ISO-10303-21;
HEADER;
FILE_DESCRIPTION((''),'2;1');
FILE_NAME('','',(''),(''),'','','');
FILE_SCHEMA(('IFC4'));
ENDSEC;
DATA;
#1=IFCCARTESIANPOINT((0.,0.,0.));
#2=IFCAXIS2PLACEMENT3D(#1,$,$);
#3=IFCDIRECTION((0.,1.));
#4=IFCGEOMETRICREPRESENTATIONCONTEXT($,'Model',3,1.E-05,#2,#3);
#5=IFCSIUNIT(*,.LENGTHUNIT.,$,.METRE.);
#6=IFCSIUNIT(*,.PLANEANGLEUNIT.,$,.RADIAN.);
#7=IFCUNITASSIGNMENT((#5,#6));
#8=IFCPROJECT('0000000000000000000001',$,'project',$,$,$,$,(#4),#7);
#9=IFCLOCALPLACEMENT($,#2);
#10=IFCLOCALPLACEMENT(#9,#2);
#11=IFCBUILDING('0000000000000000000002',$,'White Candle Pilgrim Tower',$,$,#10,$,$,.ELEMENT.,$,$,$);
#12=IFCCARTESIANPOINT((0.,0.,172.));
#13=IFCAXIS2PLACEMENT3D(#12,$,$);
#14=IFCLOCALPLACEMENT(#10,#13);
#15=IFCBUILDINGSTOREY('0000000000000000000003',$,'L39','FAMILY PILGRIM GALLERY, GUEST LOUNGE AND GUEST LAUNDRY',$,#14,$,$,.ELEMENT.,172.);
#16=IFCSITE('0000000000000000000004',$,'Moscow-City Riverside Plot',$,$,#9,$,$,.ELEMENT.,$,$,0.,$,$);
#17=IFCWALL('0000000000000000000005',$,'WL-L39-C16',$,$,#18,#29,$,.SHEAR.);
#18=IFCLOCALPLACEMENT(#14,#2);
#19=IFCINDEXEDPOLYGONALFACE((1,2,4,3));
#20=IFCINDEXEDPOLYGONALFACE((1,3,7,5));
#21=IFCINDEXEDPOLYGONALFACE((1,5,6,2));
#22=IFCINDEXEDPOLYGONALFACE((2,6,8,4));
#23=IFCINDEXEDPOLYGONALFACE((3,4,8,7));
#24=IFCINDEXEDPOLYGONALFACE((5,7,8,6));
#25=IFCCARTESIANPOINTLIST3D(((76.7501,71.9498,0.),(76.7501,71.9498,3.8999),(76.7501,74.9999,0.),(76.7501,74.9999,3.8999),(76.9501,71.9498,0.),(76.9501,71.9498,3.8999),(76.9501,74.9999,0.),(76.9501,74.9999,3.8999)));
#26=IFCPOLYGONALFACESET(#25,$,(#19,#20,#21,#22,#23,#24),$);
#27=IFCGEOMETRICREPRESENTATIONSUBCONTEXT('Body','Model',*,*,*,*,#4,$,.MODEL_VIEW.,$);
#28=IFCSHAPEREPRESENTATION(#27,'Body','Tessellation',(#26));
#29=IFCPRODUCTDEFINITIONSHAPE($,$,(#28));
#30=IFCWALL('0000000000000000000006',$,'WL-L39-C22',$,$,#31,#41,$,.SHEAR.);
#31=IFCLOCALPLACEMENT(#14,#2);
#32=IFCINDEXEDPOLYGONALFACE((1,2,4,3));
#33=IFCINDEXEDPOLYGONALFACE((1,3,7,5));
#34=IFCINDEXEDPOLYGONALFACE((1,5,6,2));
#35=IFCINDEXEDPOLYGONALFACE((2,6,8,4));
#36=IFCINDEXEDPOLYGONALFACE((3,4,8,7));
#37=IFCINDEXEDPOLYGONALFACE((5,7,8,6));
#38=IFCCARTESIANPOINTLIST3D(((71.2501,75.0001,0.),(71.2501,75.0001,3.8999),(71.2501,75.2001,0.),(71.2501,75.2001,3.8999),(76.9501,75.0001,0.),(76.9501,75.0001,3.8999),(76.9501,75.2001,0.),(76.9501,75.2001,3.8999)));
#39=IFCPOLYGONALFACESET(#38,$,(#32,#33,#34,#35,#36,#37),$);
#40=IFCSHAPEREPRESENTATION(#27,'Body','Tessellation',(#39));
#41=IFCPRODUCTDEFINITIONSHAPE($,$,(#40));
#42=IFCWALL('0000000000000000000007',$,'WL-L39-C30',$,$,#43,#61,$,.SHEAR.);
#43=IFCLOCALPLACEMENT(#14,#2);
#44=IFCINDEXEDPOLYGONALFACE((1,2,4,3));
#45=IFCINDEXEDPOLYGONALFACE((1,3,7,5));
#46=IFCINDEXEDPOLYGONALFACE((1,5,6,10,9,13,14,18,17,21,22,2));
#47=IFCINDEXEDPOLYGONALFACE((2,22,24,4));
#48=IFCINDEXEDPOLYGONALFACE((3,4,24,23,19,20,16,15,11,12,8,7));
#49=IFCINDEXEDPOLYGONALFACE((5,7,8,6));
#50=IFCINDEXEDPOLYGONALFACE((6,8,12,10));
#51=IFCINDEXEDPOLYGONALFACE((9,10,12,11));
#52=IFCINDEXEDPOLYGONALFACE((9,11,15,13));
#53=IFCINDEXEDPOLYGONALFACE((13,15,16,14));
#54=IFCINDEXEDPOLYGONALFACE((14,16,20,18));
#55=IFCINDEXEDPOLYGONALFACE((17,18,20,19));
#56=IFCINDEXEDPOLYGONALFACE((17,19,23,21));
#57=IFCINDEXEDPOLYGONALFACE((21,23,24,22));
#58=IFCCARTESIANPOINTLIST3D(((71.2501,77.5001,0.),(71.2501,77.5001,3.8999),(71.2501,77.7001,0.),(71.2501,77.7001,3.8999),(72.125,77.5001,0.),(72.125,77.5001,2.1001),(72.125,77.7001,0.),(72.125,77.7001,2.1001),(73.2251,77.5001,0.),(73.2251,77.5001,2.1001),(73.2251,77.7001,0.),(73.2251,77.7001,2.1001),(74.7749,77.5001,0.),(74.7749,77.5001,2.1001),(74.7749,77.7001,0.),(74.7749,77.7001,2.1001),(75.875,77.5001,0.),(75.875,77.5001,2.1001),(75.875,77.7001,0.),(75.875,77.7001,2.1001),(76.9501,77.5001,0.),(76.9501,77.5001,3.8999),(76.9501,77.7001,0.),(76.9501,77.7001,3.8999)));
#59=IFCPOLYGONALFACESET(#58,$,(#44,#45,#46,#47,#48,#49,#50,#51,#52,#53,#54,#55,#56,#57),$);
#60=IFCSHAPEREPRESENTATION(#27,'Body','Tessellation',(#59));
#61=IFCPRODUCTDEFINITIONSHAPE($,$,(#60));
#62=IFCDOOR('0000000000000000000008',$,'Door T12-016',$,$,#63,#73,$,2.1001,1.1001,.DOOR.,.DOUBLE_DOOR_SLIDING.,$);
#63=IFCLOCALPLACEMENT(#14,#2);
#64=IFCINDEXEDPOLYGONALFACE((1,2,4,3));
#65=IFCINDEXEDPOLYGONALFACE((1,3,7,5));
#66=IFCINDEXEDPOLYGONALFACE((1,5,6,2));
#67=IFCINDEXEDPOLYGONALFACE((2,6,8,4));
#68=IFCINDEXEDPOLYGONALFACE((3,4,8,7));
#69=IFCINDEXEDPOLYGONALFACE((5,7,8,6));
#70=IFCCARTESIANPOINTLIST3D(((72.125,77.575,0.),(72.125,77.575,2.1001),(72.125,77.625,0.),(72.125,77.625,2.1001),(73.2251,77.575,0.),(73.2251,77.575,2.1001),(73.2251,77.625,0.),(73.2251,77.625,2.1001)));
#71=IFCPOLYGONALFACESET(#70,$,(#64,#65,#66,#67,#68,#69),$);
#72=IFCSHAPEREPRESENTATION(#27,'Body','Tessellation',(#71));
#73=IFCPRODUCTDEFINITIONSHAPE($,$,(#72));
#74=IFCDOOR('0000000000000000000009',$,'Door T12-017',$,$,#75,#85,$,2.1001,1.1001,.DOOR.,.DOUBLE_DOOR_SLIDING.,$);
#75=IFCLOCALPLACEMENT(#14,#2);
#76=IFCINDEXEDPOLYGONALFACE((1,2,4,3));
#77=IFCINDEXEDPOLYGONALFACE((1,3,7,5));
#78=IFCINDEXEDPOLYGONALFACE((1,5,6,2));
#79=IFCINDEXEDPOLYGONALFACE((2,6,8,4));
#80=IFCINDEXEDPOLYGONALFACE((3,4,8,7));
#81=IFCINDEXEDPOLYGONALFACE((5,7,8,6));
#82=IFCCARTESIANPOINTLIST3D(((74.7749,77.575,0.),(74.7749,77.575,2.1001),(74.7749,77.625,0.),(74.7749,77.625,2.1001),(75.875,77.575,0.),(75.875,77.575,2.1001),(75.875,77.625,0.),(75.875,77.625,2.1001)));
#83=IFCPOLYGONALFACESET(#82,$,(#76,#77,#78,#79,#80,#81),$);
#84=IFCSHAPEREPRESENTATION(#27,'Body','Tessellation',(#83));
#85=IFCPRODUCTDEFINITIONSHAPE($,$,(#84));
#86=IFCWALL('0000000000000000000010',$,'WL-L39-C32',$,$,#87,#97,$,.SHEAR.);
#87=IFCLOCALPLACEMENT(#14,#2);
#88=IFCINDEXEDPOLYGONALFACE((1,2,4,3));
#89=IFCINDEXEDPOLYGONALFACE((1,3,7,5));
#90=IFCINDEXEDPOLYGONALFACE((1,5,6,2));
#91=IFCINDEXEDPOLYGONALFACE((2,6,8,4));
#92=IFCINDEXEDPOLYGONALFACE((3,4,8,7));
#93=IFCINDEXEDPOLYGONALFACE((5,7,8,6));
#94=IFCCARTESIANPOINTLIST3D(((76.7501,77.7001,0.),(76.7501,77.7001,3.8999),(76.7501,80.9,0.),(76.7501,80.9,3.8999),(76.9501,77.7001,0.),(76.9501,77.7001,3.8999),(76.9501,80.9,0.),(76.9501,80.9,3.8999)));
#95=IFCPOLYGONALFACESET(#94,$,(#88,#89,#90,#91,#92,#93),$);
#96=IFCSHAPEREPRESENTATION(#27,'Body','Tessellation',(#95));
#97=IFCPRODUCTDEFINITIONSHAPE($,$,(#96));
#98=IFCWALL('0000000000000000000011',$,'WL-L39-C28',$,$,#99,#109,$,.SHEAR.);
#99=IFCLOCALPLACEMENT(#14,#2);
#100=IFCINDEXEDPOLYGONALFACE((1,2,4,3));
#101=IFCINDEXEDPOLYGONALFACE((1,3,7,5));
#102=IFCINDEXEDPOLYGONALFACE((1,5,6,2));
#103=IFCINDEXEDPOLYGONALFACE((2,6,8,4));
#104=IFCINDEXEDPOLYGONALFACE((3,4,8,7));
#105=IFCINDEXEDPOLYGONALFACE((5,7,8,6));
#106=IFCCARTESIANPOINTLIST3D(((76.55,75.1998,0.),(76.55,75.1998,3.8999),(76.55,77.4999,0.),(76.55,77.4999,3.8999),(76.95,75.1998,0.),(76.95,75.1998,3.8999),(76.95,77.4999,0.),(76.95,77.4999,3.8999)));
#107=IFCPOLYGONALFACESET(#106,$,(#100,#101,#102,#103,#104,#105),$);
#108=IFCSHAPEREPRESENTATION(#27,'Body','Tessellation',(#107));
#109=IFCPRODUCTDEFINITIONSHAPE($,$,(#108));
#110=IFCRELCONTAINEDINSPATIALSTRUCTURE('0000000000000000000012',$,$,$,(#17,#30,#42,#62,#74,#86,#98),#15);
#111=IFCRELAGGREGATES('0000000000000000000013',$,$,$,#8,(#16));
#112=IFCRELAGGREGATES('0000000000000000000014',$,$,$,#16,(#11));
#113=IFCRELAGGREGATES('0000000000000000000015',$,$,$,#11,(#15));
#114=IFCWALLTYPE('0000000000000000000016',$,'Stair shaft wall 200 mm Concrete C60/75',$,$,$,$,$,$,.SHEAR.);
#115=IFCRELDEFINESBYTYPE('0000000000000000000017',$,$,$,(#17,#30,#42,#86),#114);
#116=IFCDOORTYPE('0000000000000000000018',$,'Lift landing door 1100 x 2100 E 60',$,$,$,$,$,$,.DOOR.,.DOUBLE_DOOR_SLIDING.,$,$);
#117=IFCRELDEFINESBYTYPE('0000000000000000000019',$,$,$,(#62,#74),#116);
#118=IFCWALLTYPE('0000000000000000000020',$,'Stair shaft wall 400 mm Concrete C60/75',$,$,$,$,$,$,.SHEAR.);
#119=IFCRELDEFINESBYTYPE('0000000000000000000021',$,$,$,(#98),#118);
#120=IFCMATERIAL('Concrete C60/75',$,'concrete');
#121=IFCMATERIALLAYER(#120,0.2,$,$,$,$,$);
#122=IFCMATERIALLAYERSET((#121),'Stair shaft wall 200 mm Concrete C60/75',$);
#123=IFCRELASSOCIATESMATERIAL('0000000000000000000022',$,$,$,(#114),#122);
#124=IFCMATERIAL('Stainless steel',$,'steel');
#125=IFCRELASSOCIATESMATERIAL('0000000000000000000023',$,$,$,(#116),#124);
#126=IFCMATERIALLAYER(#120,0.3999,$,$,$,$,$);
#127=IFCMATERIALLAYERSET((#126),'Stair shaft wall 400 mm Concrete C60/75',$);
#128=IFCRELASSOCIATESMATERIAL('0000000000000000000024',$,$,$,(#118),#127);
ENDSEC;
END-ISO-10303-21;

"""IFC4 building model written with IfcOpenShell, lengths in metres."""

from ifc_helpers import new_model, si_unit, direction, frame, frame_2d, origin, place, context, subcontext, project, spatial, rectangle, extrude, material, layer, layer_set, type_object, element, fill, save


model = new_model("IFC4")

# Units and contexts
model_context = context("Model", 3, precision=1e-05, world=origin(), true_north=direction((0.0, 1.0)))
body_context = subcontext(model_context, "Body", "Model", "MODEL_VIEW")
ifc_project = project(units=[si_unit("LENGTHUNIT", "METRE"), si_unit("PLANEANGLEUNIT", "RADIAN")], contexts=[model_context])

# Site, building, storey
site_placement = place(None, origin())
site = spatial("IfcSite", under=ifc_project, at=site_placement, Name="Moscow-City Riverside Plot", CompositionType="ELEMENT", RefElevation=0.0)
building_placement = place(site_placement, origin())
building = spatial("IfcBuilding", under=site, at=building_placement, Name="White Candle Pilgrim Tower", CompositionType="ELEMENT")
storey_placement = place(building_placement, frame((0.0, 0.0, 172.0)))
storey = spatial("IfcBuildingStorey", under=building, at=storey_placement, Name="L39", Description="FAMILY PILGRIM GALLERY, GUEST LOUNGE AND GUEST LAUNDRY", CompositionType="ELEMENT", Elevation=172.0)

# Walls
ifc_material_1 = material(Name="Concrete C60/75", Category="concrete")
ifc_layer_1 = layer(ifc_material_1, 0.2)
ifc_layer_set_1 = layer_set([ifc_layer_1], Name="Stair shaft wall 200 mm Concrete C60/75")
wall_type_1 = type_object("IfcWallType", Name="Stair shaft wall 200 mm Concrete C60/75", PredefinedType="SHEAR", material=ifc_layer_set_1)
wall_1_placement = place(storey_placement, frame((76.8501, 71.95, 0.0), z_axis=(0.0, 0.0, 1.0), x_axis=(0.0, 1.0, 0.0)))
element("IfcWall", 1, at=wall_1_placement, inside=storey, type_object=wall_type_1, Name="WL-L39-C16", PredefinedType="SHEAR", context=body_context, shape_type="SweptSolid", body=[
    extrude(rectangle(XDim=3.05, YDim=0.2, at=frame_2d((1.5249, 0.0))), origin(), (0.0, 0.0, 1.0), 3.8999),
])
wall_2_placement = place(storey_placement, frame((71.25, 75.1001, 0.0), z_axis=(0.0, 0.0, 1.0), x_axis=(1.0, 0.0, 0.0)))
element("IfcWall", 2, at=wall_2_placement, inside=storey, type_object=wall_type_1, Name="WL-L39-C22", PredefinedType="SHEAR", context=body_context, shape_type="SweptSolid", body=[
    extrude(rectangle(XDim=5.7, YDim=0.2, at=frame_2d((2.8501, 0.0))), origin(), (0.0, 0.0, 1.0), 3.8999),
])

# Wall, openings, doors
wall_3_placement = place(storey_placement, frame((71.25, 77.6001, 0.0), z_axis=(0.0, 0.0, 1.0), x_axis=(1.0, 0.0, 0.0)))
wall_3 = element("IfcWall", 3, at=wall_3_placement, inside=storey, type_object=wall_type_1, Name="WL-L39-C30", PredefinedType="SHEAR", context=body_context, shape_type="SweptSolid", body=[
    extrude(rectangle(XDim=5.7, YDim=0.2, at=frame_2d((2.8501, 0.0))), origin(), (0.0, 0.0, 1.0), 3.8999),
])
opening_1_placement = place(wall_3_placement, frame((0.875, 0.0, 0.0)))
opening_1 = element("IfcOpeningElement", 4, at=opening_1_placement, cuts=wall_3, PredefinedType="OPENING", context=body_context, shape_type="SweptSolid", body=[
    extrude(rectangle(XDim=1.1001, YDim=2.1001, at=frame_2d((0.55, 1.05))), frame((0.0, 0.1099, 0.0), z_axis=(0.0, -1.0, 0.0), x_axis=(1.0, 0.0, 0.0)), (0.0, 0.0, 1.0), 0.22),
])
opening_2_placement = place(wall_3_placement, frame((3.5249, 0.0, 0.0)))
opening_2 = element("IfcOpeningElement", 5, at=opening_2_placement, cuts=wall_3, PredefinedType="OPENING", context=body_context, shape_type="SweptSolid", body=[
    extrude(rectangle(XDim=1.1001, YDim=2.1001, at=frame_2d((0.55, 1.05))), frame((0.0, 0.1099, 0.0), z_axis=(0.0, -1.0, 0.0), x_axis=(1.0, 0.0, 0.0)), (0.0, 0.0, 1.0), 0.22),
])
ifc_material_2 = material(Name="Stainless steel", Category="steel")
door_type_1 = type_object("IfcDoorType", Name="Lift landing door 1100 x 2100 E 60", OperationType="DOUBLE_DOOR_SLIDING", PredefinedType="DOOR", material=ifc_material_2)
door_1_placement = place(opening_1_placement, origin())
door_1 = element("IfcDoor", 6, at=door_1_placement, inside=storey, type_object=door_type_1, Name="Door T12-016", OperationType="DOUBLE_DOOR_SLIDING", OverallHeight=2.1001, OverallWidth=1.1001, PredefinedType="DOOR", context=body_context, shape_type="SweptSolid", body=[
    extrude(rectangle(XDim=1.1001, YDim=2.1001, at=frame_2d((0.55, 1.05))), frame((0.0, 0.0249, 0.0), z_axis=(0.0, -1.0, 0.0), x_axis=(1.0, 0.0, 0.0)), (0.0, 0.0, 1.0), 0.05),
])
fill(opening_1, door_1)
door_2_placement = place(opening_2_placement, origin())
door_2 = element("IfcDoor", 7, at=door_2_placement, inside=storey, type_object=door_type_1, Name="Door T12-017", OperationType="DOUBLE_DOOR_SLIDING", OverallHeight=2.1001, OverallWidth=1.1001, PredefinedType="DOOR", context=body_context, shape_type="SweptSolid", body=[
    extrude(rectangle(XDim=1.1001, YDim=2.1001, at=frame_2d((0.55, 1.05))), frame((0.0, 0.0249, 0.0), z_axis=(0.0, -1.0, 0.0), x_axis=(1.0, 0.0, 0.0)), (0.0, 0.0, 1.0), 0.05),
])
fill(opening_2, door_2)

# Walls
wall_4_placement = place(storey_placement, frame((76.8501, 77.7, 0.0), z_axis=(0.0, 0.0, 1.0), x_axis=(0.0, 1.0, 0.0)))
element("IfcWall", 8, at=wall_4_placement, inside=storey, type_object=wall_type_1, Name="WL-L39-C32", PredefinedType="SHEAR", context=body_context, shape_type="SweptSolid", body=[
    extrude(rectangle(XDim=3.2, YDim=0.2, at=frame_2d((1.6001, 0.0))), origin(), (0.0, 0.0, 1.0), 3.8999),
])
ifc_layer_2 = layer(ifc_material_1, 0.3999)
ifc_layer_set_2 = layer_set([ifc_layer_2], Name="Stair shaft wall 400 mm Concrete C60/75")
wall_type_2 = type_object("IfcWallType", Name="Stair shaft wall 400 mm Concrete C60/75", PredefinedType="SHEAR", material=ifc_layer_set_2)
wall_5_placement = place(storey_placement, frame((76.75, 75.2, 0.0), z_axis=(0.0, 0.0, 1.0), x_axis=(0.0, 1.0, 0.0)))
element("IfcWall", 9, at=wall_5_placement, inside=storey, type_object=wall_type_2, Name="WL-L39-C28", PredefinedType="SHEAR", context=body_context, shape_type="SweptSolid", body=[
    extrude(rectangle(XDim=2.3, YDim=0.3999, at=frame_2d((1.1499, 0.0))), origin(), (0.0, 0.0, 1.0), 3.8999),
])

save(model, "model.ifc")
